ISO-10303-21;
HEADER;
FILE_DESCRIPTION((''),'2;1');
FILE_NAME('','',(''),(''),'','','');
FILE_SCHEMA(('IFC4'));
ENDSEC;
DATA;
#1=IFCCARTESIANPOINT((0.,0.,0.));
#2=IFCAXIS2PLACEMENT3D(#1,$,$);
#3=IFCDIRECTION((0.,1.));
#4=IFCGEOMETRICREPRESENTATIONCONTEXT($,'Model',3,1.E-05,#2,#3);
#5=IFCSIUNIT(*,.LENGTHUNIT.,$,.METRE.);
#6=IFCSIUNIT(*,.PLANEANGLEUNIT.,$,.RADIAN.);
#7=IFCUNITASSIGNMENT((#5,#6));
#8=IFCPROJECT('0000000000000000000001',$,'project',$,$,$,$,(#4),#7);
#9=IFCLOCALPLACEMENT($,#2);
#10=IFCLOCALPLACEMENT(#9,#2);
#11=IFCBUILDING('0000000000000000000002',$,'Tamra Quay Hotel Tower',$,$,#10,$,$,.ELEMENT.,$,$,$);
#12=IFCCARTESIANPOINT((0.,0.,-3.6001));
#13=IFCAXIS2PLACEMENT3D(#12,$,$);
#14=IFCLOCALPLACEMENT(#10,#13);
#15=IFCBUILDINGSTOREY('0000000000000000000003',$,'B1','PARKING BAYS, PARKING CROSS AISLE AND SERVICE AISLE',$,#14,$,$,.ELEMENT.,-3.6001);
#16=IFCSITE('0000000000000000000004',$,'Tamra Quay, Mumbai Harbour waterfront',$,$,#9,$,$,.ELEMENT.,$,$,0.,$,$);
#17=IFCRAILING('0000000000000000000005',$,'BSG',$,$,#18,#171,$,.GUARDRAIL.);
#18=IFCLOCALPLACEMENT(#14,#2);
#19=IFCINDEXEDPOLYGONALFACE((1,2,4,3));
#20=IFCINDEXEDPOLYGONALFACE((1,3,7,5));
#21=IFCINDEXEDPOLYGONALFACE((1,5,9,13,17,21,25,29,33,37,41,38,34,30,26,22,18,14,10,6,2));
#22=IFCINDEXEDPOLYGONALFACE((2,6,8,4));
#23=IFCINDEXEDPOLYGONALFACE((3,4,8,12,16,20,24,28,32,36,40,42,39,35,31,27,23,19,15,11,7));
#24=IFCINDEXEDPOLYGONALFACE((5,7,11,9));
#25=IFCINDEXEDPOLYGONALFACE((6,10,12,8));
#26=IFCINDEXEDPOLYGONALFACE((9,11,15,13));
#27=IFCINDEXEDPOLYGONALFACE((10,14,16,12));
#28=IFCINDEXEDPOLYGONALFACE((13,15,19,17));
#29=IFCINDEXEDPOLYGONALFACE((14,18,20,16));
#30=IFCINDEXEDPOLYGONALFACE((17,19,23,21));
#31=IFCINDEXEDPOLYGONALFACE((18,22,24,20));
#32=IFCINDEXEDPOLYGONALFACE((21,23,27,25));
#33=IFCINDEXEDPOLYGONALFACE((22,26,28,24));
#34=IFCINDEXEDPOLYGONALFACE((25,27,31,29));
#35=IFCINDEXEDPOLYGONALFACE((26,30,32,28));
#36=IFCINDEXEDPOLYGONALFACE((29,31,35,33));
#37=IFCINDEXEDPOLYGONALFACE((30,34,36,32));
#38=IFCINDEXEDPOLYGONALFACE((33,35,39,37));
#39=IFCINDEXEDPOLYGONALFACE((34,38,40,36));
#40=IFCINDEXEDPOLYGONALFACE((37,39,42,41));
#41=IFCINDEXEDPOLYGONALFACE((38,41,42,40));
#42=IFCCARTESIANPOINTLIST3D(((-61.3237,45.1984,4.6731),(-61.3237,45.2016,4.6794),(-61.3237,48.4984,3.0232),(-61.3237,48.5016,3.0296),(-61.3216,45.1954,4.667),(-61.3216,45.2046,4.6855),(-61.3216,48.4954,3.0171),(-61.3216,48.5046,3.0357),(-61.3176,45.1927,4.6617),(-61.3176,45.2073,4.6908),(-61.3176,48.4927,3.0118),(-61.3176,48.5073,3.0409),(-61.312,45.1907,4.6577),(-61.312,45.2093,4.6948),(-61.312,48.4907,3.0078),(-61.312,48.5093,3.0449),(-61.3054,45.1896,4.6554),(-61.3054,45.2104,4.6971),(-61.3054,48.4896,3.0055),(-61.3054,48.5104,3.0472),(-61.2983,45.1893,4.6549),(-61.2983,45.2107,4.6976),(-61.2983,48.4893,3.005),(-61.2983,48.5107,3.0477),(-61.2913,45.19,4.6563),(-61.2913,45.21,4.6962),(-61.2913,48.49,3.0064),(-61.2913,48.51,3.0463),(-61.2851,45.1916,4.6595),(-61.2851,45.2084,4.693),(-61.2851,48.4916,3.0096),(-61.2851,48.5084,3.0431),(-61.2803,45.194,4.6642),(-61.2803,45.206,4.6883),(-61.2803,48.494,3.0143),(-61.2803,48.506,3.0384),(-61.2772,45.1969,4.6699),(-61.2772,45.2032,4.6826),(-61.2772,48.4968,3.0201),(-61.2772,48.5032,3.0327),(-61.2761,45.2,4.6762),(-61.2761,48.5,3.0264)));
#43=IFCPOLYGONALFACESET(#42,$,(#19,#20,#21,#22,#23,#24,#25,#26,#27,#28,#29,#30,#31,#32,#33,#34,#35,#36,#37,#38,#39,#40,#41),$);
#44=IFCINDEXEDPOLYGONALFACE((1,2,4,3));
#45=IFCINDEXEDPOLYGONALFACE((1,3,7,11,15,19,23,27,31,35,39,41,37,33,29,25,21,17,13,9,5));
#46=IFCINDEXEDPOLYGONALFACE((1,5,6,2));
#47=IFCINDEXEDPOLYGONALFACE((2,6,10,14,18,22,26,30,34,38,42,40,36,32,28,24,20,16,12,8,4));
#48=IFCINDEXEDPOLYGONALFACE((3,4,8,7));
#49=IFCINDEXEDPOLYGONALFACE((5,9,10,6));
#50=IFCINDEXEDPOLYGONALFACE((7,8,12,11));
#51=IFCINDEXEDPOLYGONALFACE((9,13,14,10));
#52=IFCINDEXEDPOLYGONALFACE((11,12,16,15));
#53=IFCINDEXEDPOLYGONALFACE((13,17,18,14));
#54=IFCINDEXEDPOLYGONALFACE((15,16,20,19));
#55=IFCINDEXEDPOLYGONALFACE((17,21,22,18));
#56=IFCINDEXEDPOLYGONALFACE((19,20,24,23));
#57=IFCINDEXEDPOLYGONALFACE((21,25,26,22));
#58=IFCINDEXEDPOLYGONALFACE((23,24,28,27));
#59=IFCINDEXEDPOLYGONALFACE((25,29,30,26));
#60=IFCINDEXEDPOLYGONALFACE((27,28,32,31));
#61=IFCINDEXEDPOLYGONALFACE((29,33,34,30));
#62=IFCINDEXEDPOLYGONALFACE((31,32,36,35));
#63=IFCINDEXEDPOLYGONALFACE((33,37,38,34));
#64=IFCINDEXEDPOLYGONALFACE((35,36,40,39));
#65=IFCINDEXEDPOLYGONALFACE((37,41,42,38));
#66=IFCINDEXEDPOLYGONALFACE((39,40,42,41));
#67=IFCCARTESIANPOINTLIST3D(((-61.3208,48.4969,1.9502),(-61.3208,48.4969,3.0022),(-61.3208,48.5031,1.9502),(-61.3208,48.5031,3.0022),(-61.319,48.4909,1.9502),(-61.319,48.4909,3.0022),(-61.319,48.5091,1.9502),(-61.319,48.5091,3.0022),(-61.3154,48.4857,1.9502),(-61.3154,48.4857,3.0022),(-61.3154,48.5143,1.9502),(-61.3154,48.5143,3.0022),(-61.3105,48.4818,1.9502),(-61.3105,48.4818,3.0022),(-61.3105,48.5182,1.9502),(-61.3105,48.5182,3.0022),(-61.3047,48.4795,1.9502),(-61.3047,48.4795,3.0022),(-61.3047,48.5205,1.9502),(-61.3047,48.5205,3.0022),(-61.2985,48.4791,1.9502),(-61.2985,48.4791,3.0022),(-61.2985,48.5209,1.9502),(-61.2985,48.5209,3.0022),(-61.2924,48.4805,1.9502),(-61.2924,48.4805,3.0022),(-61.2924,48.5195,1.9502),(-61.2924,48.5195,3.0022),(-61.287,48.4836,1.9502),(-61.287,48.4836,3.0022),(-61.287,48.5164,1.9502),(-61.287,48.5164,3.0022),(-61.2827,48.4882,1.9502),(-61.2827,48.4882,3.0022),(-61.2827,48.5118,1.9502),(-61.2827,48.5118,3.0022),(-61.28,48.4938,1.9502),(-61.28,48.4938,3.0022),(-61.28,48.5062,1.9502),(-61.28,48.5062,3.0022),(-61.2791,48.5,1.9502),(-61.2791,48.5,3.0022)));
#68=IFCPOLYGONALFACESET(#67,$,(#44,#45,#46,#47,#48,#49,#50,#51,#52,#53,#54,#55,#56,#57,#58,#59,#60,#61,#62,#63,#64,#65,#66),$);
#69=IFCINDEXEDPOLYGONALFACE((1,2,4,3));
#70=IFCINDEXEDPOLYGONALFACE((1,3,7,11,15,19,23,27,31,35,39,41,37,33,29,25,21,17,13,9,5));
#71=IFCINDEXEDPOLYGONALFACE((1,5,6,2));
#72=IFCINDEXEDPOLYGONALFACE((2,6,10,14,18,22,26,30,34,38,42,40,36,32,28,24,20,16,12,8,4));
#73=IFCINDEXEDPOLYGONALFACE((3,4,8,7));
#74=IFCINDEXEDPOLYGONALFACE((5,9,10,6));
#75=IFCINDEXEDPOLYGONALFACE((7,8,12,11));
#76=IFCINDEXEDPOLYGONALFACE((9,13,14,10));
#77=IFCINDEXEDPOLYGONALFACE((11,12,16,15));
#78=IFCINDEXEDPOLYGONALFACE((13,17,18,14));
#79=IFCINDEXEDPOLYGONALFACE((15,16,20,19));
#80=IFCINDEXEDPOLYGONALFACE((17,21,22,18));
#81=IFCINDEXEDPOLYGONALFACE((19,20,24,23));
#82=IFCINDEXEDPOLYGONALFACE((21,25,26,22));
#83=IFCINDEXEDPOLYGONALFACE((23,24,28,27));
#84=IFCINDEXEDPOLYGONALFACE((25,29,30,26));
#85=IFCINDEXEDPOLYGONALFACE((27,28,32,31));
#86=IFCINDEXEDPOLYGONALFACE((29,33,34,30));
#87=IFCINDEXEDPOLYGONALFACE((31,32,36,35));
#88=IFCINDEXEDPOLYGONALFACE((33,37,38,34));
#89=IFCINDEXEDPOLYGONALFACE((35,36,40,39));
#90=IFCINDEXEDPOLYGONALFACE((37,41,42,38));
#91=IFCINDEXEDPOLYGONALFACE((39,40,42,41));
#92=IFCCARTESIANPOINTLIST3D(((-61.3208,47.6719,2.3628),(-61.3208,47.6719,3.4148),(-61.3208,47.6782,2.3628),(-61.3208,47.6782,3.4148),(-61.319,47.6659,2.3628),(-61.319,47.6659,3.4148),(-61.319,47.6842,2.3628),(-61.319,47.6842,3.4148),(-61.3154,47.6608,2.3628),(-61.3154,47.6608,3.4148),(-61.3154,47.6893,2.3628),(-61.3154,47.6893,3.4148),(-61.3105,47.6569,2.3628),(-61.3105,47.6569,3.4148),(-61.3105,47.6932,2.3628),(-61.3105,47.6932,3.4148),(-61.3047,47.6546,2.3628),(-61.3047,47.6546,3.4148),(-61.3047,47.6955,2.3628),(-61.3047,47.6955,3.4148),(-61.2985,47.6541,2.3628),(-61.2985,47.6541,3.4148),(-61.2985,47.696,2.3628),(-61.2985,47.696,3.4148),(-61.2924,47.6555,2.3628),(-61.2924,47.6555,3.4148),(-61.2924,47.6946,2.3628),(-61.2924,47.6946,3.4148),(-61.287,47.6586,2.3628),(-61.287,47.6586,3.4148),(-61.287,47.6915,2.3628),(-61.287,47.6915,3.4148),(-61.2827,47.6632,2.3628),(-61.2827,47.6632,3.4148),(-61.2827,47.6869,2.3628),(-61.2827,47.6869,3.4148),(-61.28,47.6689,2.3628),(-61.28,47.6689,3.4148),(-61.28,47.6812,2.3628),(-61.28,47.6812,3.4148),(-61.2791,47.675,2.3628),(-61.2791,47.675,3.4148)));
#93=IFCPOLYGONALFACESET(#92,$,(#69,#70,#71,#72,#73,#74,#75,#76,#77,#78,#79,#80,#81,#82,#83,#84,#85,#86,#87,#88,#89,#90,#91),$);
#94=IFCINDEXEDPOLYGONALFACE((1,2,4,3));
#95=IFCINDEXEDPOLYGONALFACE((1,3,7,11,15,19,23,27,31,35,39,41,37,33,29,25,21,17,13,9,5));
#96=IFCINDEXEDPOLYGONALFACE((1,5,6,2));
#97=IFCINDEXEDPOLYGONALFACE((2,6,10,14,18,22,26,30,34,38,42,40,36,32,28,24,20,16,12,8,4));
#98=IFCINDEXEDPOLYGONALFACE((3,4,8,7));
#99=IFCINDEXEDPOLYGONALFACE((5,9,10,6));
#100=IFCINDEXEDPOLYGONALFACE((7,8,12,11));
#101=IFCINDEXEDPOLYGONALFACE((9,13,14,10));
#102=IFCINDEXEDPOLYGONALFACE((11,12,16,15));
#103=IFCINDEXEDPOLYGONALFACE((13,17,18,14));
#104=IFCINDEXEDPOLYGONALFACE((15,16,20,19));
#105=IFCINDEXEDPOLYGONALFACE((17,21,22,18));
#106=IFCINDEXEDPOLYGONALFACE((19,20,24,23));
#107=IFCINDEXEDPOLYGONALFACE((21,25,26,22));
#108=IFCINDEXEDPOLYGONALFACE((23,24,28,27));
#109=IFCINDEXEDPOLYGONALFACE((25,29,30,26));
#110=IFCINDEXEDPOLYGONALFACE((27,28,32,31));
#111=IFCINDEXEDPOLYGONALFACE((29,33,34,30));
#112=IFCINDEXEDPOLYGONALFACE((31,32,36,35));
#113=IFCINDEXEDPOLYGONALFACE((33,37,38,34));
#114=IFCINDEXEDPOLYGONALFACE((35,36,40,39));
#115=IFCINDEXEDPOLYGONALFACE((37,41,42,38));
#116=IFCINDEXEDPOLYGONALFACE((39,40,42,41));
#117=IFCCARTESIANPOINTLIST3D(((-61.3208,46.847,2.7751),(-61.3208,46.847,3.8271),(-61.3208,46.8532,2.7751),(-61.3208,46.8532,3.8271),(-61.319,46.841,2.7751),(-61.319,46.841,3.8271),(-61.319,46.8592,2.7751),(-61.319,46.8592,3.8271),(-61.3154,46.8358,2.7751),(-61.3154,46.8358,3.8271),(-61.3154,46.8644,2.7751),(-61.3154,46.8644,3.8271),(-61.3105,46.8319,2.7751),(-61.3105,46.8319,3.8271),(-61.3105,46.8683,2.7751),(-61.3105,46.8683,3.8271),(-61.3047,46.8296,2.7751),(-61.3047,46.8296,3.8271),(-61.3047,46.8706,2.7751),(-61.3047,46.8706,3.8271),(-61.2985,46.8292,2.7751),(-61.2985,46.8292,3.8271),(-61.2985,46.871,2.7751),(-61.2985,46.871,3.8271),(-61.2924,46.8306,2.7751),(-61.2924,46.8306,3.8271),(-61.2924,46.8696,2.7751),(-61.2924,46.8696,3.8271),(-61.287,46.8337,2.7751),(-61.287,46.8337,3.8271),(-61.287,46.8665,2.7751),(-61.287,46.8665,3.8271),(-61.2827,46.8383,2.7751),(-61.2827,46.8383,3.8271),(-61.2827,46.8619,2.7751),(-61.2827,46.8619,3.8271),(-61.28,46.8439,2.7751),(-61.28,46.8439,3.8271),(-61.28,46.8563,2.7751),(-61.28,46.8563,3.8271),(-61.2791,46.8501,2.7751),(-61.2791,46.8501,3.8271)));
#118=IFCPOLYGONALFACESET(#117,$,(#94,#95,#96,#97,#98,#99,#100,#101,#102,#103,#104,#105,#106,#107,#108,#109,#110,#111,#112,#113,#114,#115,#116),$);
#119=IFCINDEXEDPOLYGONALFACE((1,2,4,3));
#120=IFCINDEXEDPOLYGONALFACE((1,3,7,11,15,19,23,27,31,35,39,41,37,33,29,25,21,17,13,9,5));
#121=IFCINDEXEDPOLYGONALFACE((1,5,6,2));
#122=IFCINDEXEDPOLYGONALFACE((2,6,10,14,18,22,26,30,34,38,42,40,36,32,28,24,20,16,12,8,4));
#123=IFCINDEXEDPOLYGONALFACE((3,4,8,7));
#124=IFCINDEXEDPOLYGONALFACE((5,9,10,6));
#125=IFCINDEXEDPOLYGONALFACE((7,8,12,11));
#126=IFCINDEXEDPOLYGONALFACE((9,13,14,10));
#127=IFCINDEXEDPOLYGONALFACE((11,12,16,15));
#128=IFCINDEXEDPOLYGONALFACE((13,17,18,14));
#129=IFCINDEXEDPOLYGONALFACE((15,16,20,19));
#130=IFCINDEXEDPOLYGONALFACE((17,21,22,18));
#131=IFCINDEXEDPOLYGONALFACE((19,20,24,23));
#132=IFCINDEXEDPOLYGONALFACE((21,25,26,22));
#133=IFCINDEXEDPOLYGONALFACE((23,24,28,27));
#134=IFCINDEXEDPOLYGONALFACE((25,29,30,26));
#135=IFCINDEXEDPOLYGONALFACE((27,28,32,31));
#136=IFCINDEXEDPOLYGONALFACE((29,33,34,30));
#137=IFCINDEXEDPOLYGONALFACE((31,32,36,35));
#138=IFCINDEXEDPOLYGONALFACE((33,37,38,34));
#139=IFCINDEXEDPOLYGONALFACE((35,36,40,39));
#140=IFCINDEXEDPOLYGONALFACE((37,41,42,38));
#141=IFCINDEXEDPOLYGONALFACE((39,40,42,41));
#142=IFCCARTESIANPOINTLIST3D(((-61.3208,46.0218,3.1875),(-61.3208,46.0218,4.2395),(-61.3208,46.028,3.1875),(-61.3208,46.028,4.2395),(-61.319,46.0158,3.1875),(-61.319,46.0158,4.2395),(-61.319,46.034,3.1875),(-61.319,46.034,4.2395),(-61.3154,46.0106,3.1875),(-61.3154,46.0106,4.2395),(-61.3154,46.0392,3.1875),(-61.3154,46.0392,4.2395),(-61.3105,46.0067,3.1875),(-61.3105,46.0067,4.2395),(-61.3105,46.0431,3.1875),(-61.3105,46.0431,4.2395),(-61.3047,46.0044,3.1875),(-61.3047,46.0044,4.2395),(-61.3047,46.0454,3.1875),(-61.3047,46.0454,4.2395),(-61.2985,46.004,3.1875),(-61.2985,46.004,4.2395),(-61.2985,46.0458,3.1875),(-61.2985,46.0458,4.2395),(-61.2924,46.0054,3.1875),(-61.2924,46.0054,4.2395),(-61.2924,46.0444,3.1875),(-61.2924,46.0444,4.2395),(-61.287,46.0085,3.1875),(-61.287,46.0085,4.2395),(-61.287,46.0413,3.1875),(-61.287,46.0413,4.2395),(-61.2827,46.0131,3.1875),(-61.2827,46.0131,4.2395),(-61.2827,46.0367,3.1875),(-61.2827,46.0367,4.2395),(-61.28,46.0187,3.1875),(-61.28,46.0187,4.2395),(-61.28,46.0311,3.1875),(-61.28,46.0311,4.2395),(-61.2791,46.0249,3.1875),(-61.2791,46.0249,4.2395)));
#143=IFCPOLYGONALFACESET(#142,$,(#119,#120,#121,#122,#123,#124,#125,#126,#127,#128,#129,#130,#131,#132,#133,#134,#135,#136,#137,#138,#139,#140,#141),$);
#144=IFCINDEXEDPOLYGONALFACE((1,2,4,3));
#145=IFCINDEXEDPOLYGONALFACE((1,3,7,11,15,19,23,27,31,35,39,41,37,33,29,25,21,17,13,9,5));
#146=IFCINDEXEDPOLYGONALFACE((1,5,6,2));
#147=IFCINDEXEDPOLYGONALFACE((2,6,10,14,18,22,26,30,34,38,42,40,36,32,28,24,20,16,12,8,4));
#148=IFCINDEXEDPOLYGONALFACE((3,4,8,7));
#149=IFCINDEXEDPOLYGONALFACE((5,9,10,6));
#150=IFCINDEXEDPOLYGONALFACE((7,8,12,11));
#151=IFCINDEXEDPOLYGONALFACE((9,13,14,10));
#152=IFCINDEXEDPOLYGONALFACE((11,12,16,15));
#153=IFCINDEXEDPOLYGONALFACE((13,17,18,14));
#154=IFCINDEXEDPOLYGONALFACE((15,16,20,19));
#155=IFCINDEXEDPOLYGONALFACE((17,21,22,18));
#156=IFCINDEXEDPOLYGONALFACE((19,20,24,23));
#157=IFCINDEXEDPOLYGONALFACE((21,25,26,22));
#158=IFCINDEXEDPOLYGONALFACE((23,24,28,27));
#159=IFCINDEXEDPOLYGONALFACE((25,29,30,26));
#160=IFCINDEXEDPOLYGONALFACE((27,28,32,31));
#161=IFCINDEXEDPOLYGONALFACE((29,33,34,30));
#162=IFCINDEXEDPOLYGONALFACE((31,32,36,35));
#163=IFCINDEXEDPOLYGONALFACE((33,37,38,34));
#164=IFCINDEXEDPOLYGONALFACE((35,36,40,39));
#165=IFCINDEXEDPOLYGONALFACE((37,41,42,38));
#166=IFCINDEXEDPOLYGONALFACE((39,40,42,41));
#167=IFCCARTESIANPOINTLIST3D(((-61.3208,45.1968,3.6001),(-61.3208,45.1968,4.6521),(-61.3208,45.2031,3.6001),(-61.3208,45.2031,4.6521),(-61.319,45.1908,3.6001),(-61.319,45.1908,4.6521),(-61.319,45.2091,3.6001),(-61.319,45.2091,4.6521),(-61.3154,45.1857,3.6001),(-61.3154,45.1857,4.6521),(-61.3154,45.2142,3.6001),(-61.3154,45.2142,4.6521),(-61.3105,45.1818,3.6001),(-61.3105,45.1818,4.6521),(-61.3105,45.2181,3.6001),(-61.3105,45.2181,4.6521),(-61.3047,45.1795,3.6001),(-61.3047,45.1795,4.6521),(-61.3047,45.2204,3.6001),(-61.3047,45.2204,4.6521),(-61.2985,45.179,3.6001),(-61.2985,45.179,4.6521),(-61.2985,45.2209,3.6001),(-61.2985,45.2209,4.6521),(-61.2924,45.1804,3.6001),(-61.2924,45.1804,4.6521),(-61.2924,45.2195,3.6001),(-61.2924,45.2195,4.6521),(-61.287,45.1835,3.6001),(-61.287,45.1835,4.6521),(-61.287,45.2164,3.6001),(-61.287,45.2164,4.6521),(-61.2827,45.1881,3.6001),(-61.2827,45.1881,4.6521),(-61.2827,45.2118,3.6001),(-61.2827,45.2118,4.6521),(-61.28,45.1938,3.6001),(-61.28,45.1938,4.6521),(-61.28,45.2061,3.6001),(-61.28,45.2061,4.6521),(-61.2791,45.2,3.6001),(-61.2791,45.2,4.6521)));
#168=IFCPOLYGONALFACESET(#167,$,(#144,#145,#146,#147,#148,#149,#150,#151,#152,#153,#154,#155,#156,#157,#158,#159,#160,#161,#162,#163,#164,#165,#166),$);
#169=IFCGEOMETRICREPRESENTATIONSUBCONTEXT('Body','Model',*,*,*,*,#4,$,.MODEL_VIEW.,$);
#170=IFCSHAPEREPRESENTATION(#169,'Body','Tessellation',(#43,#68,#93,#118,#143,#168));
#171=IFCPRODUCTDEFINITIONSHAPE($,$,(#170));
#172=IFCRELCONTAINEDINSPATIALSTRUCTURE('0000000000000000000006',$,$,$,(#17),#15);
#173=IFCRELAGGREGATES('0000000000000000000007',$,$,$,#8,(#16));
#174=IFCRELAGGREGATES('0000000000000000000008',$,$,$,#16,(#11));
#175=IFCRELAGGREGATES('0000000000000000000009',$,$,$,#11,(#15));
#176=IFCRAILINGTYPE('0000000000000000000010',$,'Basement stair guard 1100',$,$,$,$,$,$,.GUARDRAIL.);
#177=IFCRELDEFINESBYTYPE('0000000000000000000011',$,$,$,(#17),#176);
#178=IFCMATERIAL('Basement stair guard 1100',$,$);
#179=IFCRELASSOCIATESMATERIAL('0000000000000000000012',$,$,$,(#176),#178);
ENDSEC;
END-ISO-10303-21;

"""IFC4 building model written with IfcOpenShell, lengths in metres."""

from ifc_helpers import new_model, si_unit, direction, frame, origin, origin_2d, place, context, subcontext, project, spatial, circle, extrude, material, type_object, element, save


model = new_model("IFC4")

# Units and contexts
model_context = context("Model", 3, precision=1e-05, world=origin(), true_north=direction((0.0, 1.0)))
body_context = subcontext(model_context, "Body", "Model", "MODEL_VIEW")
ifc_project = project(units=[si_unit("LENGTHUNIT", "METRE"), si_unit("PLANEANGLEUNIT", "RADIAN")], contexts=[model_context])

# Site, building, storey
site_placement = place(None, origin())
site = spatial("IfcSite", under=ifc_project, at=site_placement, Name="Tamra Quay, Mumbai Harbour waterfront", CompositionType="ELEMENT", RefElevation=0.0)
building_placement = place(site_placement, origin())
building = spatial("IfcBuilding", under=site, at=building_placement, Name="Tamra Quay Hotel Tower", CompositionType="ELEMENT")
storey_placement = place(building_placement, frame((0.0, 0.0, -3.6001)))
storey = spatial("IfcBuildingStorey", under=building, at=storey_placement, Name="B1", Description="PARKING BAYS, PARKING CROSS AISLE AND SERVICE AISLE", CompositionType="ELEMENT", Elevation=-3.6001)

# Railing
ifc_material_1 = material(Name="Basement stair guard 1100")
railing_type_1 = type_object("IfcRailingType", Name="Basement stair guard 1100", PredefinedType="GUARDRAIL", material=ifc_material_1)
railing_1_placement = place(storey_placement, frame((-61.3, 48.5, 1.9502)))
element("IfcRailing", 1, at=railing_1_placement, inside=storey, type_object=railing_type_1, Name="BSG", PredefinedType="GUARDRAIL", context=body_context, shape_type="SweptSolid", body=[
    extrude(circle(Radius=0.0239, at=origin_2d()), frame((0.0, 0.0, 1.0762), z_axis=(0.0, -0.89444, 0.447187), x_axis=(1.0, 0.0, 0.0)), (0.0, 0.0, 1.0), 3.6895),
    extrude(circle(Radius=0.021, at=origin_2d()), origin(), (0.0, 0.0, 1.0), 1.052),
    extrude(circle(Radius=0.021, at=origin_2d()), frame((0.0, -0.825, 0.4126)), (0.0, 0.0, 1.0), 1.052),
    extrude(circle(Radius=0.021, at=origin_2d()), frame((0.0, -1.6499, 0.825)), (0.0, 0.0, 1.0), 1.052),
    extrude(circle(Radius=0.021, at=origin_2d()), frame((0.0, -2.4751, 1.2373)), (0.0, 0.0, 1.0), 1.052),
    extrude(circle(Radius=0.021, at=origin_2d()), frame((0.0, -3.3, 1.6499)), (0.0, 0.0, 1.0), 1.052),
])

save(model, "model.ifc")
